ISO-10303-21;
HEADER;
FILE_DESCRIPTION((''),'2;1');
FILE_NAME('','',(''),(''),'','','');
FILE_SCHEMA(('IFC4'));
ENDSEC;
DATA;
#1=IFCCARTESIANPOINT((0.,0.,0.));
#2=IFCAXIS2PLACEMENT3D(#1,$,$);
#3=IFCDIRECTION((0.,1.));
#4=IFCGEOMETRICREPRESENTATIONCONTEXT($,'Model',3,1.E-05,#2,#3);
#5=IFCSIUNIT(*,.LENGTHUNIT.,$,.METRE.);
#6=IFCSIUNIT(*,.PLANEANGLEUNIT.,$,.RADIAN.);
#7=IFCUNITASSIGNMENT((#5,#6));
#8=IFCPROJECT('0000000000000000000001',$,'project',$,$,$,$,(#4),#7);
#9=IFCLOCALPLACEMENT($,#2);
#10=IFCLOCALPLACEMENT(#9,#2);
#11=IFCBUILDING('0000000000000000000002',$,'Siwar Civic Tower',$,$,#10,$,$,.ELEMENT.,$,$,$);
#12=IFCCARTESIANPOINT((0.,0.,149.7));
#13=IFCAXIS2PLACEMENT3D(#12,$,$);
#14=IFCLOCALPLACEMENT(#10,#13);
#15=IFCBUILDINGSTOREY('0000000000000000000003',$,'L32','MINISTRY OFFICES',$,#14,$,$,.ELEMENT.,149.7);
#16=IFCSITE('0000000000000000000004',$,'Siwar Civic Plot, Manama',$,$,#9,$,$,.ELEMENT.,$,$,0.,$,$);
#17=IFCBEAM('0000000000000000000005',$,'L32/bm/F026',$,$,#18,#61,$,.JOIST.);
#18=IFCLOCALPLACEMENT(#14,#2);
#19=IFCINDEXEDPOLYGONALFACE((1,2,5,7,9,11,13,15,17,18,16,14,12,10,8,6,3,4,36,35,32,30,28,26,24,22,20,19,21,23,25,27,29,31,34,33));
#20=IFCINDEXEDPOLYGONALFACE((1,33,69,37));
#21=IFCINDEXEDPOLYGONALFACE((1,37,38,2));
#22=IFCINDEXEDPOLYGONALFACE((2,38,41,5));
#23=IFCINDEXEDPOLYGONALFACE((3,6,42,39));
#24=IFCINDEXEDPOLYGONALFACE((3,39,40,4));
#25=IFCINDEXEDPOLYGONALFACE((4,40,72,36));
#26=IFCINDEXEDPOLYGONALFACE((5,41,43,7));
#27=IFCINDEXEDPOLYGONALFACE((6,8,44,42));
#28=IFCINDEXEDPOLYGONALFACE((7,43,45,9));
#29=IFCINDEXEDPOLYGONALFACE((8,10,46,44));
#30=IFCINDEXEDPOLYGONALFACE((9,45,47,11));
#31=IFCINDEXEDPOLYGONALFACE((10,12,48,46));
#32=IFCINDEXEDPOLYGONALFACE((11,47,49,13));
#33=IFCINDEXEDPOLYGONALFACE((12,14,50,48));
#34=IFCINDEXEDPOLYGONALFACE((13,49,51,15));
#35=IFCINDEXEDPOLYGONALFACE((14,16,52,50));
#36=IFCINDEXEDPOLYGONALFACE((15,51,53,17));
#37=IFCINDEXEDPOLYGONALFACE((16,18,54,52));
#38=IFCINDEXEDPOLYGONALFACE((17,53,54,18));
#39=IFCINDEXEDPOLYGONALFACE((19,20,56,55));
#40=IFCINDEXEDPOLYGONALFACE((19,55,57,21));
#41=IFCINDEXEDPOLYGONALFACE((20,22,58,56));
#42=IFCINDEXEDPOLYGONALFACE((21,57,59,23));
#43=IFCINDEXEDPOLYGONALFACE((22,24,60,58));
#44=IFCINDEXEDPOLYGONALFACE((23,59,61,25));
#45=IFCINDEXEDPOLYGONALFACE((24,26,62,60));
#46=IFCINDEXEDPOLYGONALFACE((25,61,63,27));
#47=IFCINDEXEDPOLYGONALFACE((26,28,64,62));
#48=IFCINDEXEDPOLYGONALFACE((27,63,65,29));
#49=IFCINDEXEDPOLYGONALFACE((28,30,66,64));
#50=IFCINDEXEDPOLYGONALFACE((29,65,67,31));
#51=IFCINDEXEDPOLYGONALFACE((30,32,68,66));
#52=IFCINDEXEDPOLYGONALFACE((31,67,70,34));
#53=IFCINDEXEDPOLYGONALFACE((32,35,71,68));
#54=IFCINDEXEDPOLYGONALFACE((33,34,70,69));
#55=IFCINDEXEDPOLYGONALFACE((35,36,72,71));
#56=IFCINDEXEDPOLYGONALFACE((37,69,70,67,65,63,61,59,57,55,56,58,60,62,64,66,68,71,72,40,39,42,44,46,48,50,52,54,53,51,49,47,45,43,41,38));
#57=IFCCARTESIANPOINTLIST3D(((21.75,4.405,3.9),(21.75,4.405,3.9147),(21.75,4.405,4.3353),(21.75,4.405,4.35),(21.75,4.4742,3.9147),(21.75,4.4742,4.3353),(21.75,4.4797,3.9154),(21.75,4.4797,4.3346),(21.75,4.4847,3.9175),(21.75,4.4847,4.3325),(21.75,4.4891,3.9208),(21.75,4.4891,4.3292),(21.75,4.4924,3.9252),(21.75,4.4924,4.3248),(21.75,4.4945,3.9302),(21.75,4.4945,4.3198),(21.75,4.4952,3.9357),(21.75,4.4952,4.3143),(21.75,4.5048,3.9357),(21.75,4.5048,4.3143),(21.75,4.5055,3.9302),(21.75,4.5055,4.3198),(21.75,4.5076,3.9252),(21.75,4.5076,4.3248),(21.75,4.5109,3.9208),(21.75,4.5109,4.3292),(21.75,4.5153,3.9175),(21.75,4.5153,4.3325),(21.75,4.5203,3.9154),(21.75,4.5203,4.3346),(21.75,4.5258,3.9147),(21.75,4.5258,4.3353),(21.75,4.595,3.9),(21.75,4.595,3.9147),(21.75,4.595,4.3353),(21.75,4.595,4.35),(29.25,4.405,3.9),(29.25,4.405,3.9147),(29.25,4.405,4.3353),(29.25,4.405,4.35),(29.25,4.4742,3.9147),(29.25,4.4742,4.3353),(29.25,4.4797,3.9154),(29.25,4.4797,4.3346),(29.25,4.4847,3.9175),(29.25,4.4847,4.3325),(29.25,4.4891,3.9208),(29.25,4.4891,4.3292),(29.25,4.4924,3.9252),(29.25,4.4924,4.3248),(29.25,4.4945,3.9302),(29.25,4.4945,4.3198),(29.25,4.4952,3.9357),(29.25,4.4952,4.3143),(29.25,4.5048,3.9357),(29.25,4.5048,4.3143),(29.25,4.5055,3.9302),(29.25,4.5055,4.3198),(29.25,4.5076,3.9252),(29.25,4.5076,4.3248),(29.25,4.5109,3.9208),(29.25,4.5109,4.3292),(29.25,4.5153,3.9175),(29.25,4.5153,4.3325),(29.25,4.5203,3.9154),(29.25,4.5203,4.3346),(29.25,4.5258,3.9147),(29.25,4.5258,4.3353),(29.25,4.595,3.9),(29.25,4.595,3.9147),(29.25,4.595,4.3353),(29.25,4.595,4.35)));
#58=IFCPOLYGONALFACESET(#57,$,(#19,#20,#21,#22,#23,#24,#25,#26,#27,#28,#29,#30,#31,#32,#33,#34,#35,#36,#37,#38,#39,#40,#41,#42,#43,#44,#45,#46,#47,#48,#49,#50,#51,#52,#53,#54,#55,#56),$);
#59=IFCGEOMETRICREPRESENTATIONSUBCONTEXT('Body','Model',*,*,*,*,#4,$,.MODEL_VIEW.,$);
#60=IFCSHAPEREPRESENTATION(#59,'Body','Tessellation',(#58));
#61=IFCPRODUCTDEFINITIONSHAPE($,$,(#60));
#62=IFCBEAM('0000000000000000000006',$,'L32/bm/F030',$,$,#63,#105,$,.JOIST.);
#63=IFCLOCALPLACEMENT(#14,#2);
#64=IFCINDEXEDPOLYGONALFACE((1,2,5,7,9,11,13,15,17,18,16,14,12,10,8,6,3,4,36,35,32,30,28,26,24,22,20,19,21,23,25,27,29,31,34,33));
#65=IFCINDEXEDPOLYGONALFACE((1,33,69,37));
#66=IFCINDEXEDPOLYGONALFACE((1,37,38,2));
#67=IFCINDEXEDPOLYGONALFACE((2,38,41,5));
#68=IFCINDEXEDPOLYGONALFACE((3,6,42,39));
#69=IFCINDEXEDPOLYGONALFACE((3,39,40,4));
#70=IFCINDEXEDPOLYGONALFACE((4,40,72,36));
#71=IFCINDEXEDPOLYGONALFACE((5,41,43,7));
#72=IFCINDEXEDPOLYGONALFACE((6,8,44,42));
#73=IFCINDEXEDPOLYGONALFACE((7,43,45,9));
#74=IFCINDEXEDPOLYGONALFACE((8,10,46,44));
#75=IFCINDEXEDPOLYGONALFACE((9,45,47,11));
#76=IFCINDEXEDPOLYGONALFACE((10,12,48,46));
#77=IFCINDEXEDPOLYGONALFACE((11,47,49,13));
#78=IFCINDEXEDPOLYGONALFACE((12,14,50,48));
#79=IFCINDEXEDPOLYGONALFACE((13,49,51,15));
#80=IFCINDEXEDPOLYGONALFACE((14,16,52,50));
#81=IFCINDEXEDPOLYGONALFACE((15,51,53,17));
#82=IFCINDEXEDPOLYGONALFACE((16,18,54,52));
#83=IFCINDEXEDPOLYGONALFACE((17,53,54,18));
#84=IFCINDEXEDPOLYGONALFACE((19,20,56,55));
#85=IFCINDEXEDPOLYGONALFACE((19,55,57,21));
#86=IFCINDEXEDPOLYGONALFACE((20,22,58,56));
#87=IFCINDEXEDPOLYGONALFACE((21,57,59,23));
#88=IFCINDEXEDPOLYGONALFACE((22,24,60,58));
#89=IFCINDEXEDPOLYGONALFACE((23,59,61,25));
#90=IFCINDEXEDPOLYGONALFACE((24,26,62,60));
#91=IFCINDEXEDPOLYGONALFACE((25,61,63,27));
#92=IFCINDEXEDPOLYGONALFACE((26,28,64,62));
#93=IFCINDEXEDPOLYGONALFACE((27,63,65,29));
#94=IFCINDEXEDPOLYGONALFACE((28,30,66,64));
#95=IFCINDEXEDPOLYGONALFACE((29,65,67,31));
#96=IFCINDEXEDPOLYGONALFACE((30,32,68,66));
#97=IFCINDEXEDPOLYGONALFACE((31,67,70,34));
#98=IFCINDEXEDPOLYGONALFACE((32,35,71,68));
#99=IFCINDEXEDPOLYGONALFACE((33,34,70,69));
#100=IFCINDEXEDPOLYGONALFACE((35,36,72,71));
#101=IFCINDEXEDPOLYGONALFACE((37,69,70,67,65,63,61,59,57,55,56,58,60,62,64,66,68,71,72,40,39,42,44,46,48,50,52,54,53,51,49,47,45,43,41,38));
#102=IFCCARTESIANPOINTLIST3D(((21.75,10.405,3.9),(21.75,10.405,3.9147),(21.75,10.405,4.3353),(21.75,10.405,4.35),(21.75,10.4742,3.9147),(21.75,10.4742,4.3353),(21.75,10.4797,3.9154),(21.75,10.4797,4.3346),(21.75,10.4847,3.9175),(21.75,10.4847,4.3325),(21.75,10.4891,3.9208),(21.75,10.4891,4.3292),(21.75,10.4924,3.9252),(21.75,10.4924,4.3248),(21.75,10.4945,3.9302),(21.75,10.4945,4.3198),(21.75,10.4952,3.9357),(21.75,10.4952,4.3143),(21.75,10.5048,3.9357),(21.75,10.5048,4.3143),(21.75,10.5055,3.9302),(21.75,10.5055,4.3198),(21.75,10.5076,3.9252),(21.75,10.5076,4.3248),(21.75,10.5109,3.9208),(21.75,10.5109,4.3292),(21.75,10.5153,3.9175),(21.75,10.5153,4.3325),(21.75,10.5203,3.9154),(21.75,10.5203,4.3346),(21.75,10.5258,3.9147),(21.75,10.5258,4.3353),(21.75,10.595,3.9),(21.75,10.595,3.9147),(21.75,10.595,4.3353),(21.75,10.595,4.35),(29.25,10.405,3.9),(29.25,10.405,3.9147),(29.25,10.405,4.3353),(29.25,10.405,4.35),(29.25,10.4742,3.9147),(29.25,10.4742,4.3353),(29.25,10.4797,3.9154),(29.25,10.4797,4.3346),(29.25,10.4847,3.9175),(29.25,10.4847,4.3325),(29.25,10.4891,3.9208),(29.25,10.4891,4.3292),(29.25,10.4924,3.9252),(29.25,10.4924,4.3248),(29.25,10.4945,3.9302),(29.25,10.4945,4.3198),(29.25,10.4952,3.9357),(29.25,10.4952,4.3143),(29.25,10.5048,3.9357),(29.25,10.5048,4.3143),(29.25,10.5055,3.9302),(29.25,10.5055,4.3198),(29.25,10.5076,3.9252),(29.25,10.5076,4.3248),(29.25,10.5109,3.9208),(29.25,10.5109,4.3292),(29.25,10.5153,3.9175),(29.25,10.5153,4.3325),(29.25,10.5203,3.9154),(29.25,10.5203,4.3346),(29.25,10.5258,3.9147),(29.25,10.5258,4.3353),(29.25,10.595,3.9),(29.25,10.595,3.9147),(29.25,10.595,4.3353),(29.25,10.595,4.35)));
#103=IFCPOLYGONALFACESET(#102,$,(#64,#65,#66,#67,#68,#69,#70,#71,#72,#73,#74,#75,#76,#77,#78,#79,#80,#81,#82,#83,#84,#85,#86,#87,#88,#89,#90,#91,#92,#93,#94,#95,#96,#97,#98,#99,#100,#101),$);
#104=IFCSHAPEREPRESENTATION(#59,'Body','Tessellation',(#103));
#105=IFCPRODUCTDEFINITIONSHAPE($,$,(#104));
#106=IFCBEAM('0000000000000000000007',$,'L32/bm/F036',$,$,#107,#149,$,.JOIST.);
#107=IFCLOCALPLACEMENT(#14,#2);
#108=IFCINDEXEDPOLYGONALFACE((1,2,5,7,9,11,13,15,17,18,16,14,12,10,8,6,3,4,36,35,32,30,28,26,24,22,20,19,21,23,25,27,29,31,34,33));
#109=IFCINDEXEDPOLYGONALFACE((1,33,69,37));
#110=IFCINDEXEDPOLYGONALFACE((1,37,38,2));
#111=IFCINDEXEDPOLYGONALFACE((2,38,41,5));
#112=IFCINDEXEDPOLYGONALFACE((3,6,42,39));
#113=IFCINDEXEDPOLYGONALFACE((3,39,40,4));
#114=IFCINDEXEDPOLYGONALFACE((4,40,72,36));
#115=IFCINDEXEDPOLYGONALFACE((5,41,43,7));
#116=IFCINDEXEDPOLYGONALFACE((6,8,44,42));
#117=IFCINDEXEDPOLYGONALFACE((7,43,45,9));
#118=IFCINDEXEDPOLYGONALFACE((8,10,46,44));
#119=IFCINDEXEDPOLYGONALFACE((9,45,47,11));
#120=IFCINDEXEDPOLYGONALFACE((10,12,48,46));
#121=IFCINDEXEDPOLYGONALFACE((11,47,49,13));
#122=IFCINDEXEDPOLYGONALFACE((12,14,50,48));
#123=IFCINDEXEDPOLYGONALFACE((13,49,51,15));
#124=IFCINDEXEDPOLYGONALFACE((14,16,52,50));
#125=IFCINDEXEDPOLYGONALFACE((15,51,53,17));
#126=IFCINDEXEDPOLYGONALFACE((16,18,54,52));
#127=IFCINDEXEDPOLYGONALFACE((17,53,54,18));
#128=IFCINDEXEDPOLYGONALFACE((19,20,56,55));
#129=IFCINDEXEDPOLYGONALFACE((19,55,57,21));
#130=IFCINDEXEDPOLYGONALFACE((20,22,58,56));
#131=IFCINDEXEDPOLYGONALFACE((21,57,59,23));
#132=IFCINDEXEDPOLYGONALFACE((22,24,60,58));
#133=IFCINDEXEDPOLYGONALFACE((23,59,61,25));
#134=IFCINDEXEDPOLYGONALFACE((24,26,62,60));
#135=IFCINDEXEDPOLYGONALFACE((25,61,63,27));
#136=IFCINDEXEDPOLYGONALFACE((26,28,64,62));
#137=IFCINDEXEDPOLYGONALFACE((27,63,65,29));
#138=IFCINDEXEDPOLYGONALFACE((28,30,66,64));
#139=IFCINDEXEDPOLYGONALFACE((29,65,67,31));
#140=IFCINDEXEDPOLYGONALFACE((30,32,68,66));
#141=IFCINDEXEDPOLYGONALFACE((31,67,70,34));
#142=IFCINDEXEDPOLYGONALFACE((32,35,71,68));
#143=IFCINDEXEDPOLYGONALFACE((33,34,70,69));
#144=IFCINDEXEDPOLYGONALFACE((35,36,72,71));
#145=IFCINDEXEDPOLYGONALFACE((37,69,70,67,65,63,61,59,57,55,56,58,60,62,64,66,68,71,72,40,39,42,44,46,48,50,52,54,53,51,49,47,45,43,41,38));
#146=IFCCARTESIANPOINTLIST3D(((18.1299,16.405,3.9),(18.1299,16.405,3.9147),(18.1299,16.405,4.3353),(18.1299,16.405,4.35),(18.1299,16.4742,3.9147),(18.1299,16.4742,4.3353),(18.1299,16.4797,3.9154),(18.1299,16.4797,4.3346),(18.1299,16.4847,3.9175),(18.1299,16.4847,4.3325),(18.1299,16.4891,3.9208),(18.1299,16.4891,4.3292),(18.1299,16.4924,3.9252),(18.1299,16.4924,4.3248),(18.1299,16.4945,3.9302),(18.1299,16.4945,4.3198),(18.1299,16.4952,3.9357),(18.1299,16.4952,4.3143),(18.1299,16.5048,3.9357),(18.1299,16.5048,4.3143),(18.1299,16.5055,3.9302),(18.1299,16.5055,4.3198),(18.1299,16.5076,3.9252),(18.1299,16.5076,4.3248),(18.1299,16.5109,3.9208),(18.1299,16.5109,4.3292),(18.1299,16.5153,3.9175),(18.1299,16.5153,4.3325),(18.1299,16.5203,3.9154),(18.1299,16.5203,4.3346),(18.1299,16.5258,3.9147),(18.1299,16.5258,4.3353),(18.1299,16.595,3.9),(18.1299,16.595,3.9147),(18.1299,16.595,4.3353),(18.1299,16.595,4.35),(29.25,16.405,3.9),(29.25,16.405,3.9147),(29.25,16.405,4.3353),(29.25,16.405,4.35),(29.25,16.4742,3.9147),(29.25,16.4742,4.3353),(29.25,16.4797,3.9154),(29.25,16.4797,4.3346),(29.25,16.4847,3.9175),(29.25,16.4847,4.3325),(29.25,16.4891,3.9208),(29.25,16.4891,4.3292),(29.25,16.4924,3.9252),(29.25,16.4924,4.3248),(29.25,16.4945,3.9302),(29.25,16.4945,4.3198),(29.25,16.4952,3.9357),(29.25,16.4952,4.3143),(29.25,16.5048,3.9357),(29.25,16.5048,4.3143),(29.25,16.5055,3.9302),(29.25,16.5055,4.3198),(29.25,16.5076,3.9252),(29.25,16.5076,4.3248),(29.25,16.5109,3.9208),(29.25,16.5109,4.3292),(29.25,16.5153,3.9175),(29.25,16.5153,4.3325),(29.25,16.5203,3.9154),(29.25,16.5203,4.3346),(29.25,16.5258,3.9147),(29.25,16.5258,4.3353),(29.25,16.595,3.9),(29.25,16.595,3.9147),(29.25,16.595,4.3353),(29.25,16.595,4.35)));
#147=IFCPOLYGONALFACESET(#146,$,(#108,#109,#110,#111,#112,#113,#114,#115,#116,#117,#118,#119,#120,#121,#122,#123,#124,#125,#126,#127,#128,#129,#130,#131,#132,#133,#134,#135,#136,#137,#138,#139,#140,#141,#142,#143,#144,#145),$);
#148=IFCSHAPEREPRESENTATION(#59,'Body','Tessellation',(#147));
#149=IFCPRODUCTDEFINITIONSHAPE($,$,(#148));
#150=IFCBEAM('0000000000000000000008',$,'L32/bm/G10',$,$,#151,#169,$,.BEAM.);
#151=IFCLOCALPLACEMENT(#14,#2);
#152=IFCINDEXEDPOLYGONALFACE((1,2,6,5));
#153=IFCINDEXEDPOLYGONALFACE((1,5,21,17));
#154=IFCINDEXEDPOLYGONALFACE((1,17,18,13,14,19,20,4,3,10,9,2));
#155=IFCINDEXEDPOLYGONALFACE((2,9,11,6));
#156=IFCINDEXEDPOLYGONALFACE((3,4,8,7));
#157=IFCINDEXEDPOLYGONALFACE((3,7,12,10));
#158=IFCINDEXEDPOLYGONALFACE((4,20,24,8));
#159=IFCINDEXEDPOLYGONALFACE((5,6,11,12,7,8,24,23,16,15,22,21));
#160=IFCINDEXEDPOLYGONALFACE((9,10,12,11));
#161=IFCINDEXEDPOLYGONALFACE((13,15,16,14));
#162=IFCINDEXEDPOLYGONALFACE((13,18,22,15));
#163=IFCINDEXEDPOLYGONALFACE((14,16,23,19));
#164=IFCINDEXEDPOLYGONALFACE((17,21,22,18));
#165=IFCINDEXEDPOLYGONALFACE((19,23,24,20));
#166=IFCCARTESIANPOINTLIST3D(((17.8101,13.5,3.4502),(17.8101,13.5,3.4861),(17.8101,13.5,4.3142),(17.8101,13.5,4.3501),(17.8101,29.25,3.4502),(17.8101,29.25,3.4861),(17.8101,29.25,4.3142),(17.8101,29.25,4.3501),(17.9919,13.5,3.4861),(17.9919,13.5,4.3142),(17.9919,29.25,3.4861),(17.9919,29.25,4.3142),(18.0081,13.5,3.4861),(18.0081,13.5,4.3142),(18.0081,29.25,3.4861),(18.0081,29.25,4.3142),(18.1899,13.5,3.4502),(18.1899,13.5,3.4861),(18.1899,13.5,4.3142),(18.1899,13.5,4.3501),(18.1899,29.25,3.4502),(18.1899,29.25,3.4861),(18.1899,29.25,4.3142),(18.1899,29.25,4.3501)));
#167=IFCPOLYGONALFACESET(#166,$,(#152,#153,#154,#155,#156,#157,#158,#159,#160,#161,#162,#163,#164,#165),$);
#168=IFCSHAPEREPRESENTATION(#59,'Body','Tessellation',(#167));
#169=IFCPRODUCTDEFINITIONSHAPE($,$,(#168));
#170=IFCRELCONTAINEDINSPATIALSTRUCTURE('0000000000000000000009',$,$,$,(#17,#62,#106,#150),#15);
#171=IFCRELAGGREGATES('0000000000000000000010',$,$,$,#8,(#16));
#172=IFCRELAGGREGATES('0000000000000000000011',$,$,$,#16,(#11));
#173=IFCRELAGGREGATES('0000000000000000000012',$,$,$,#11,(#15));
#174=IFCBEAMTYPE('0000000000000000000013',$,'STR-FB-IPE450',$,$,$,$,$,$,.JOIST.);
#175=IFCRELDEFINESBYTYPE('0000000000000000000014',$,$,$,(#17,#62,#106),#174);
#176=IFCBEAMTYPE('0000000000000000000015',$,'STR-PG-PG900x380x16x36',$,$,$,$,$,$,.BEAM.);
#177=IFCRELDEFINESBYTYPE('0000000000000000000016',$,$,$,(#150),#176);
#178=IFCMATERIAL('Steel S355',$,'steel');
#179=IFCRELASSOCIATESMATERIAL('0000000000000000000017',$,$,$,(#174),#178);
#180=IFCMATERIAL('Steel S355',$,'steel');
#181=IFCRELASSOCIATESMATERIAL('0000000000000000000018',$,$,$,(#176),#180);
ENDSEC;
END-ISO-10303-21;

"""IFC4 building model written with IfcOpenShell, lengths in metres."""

from ifc_helpers import new_model, si_unit, direction, frame, origin, origin_2d, place, context, subcontext, project, spatial, i_section, extrude, material, material_profile, profile_set, type_object, element, save


model = new_model("IFC4")

# Units and contexts
model_context = context("Model", 3, precision=1e-05, world=origin(), true_north=direction((0.0, 1.0)))
body_context = subcontext(model_context, "Body", "Model", "MODEL_VIEW")
ifc_project = project(units=[si_unit("LENGTHUNIT", "METRE"), si_unit("PLANEANGLEUNIT", "RADIAN")], contexts=[model_context])

# Site, building, storey
site_placement = place(None, origin())
site = spatial("IfcSite", under=ifc_project, at=site_placement, Name="Siwar Civic Plot, Manama", CompositionType="ELEMENT", RefElevation=0.0)
building_placement = place(site_placement, origin())
building = spatial("IfcBuilding", under=site, at=building_placement, Name="Siwar Civic Tower", CompositionType="ELEMENT")
storey_placement = place(building_placement, frame((0.0, 0.0, 149.7)))
storey = spatial("IfcBuildingStorey", under=building, at=storey_placement, Name="L32", Description="MINISTRY OFFICES", CompositionType="ELEMENT", Elevation=149.7)

# Beams
ifc_material_1 = material(Name="Steel S355", Category="steel")
ifc_material_profile_1 = material_profile(ifc_material_1, i_section(OverallWidth=0.1899, OverallDepth=0.45, WebThickness=0.0095, FlangeThickness=0.0146, FilletRadius=0.021, at=origin_2d()), Name="IPE450")
ifc_profile_set_1 = profile_set([ifc_material_profile_1], Name="Steel S355")
beam_type_1 = type_object("IfcBeamType", Name="STR-FB-IPE450", PredefinedType="JOIST", material=ifc_profile_set_1)
for number, where, z_axis, x_axis, name in (
    (1, (21.75, 4.5, 4.125), (1.0, 0.0, 0.0), (0.0, 1.0, 0.0), "L32/bm/F026"),
    (2, (21.75, 10.5, 4.125), (1.0, 0.0, 0.0), (0.0, 1.0, 0.0), "L32/bm/F030"),
):
    element("IfcBeam", number, at=place(storey_placement, frame(where, z_axis=z_axis, x_axis=x_axis)), inside=storey, type_object=beam_type_1, Name=name, PredefinedType="JOIST", context=body_context, shape_type="SweptSolid", body=[
        extrude(i_section(OverallWidth=0.1899, OverallDepth=0.45, WebThickness=0.0095, FlangeThickness=0.0146, FilletRadius=0.021, at=origin_2d()), origin(), (0.0, 0.0, 1.0), 7.5),
    ])
beam_1_placement = place(storey_placement, frame((18.1299, 16.5, 4.125), z_axis=(1.0, 0.0, 0.0), x_axis=(0.0, 1.0, 0.0)))
element("IfcBeam", 3, at=beam_1_placement, inside=storey, type_object=beam_type_1, Name="L32/bm/F036", PredefinedType="JOIST", context=body_context, shape_type="SweptSolid", body=[
    extrude(i_section(OverallWidth=0.1899, OverallDepth=0.45, WebThickness=0.0095, FlangeThickness=0.0146, FilletRadius=0.021, at=origin_2d()), origin(), (0.0, 0.0, 1.0), 11.1201),
])
ifc_material_2 = material(Name="Steel S355", Category="steel")
ifc_material_profile_2 = material_profile(ifc_material_2, i_section(OverallWidth=0.3799, OverallDepth=0.8999, WebThickness=0.0161, FlangeThickness=0.0359, at=origin_2d()), Name="PG900x380x16x36")
ifc_profile_set_2 = profile_set([ifc_material_profile_2], Name="Steel S355")
beam_type_2 = type_object("IfcBeamType", Name="STR-PG-PG900x380x16x36", PredefinedType="BEAM", material=ifc_profile_set_2)
beam_2_placement = place(storey_placement, frame((18.0, 13.5, 3.9001), z_axis=(0.0, 1.0, 0.0), x_axis=(-1.0, 0.0, 0.0)))
element("IfcBeam", 4, at=beam_2_placement, inside=storey, type_object=beam_type_2, Name="L32/bm/G10", PredefinedType="BEAM", context=body_context, shape_type="SweptSolid", body=[
    extrude(i_section(OverallWidth=0.3799, OverallDepth=0.8999, WebThickness=0.0161, FlangeThickness=0.0359, at=origin_2d()), origin(), (0.0, 0.0, 1.0), 15.75),
])

save(model, "model.ifc")
